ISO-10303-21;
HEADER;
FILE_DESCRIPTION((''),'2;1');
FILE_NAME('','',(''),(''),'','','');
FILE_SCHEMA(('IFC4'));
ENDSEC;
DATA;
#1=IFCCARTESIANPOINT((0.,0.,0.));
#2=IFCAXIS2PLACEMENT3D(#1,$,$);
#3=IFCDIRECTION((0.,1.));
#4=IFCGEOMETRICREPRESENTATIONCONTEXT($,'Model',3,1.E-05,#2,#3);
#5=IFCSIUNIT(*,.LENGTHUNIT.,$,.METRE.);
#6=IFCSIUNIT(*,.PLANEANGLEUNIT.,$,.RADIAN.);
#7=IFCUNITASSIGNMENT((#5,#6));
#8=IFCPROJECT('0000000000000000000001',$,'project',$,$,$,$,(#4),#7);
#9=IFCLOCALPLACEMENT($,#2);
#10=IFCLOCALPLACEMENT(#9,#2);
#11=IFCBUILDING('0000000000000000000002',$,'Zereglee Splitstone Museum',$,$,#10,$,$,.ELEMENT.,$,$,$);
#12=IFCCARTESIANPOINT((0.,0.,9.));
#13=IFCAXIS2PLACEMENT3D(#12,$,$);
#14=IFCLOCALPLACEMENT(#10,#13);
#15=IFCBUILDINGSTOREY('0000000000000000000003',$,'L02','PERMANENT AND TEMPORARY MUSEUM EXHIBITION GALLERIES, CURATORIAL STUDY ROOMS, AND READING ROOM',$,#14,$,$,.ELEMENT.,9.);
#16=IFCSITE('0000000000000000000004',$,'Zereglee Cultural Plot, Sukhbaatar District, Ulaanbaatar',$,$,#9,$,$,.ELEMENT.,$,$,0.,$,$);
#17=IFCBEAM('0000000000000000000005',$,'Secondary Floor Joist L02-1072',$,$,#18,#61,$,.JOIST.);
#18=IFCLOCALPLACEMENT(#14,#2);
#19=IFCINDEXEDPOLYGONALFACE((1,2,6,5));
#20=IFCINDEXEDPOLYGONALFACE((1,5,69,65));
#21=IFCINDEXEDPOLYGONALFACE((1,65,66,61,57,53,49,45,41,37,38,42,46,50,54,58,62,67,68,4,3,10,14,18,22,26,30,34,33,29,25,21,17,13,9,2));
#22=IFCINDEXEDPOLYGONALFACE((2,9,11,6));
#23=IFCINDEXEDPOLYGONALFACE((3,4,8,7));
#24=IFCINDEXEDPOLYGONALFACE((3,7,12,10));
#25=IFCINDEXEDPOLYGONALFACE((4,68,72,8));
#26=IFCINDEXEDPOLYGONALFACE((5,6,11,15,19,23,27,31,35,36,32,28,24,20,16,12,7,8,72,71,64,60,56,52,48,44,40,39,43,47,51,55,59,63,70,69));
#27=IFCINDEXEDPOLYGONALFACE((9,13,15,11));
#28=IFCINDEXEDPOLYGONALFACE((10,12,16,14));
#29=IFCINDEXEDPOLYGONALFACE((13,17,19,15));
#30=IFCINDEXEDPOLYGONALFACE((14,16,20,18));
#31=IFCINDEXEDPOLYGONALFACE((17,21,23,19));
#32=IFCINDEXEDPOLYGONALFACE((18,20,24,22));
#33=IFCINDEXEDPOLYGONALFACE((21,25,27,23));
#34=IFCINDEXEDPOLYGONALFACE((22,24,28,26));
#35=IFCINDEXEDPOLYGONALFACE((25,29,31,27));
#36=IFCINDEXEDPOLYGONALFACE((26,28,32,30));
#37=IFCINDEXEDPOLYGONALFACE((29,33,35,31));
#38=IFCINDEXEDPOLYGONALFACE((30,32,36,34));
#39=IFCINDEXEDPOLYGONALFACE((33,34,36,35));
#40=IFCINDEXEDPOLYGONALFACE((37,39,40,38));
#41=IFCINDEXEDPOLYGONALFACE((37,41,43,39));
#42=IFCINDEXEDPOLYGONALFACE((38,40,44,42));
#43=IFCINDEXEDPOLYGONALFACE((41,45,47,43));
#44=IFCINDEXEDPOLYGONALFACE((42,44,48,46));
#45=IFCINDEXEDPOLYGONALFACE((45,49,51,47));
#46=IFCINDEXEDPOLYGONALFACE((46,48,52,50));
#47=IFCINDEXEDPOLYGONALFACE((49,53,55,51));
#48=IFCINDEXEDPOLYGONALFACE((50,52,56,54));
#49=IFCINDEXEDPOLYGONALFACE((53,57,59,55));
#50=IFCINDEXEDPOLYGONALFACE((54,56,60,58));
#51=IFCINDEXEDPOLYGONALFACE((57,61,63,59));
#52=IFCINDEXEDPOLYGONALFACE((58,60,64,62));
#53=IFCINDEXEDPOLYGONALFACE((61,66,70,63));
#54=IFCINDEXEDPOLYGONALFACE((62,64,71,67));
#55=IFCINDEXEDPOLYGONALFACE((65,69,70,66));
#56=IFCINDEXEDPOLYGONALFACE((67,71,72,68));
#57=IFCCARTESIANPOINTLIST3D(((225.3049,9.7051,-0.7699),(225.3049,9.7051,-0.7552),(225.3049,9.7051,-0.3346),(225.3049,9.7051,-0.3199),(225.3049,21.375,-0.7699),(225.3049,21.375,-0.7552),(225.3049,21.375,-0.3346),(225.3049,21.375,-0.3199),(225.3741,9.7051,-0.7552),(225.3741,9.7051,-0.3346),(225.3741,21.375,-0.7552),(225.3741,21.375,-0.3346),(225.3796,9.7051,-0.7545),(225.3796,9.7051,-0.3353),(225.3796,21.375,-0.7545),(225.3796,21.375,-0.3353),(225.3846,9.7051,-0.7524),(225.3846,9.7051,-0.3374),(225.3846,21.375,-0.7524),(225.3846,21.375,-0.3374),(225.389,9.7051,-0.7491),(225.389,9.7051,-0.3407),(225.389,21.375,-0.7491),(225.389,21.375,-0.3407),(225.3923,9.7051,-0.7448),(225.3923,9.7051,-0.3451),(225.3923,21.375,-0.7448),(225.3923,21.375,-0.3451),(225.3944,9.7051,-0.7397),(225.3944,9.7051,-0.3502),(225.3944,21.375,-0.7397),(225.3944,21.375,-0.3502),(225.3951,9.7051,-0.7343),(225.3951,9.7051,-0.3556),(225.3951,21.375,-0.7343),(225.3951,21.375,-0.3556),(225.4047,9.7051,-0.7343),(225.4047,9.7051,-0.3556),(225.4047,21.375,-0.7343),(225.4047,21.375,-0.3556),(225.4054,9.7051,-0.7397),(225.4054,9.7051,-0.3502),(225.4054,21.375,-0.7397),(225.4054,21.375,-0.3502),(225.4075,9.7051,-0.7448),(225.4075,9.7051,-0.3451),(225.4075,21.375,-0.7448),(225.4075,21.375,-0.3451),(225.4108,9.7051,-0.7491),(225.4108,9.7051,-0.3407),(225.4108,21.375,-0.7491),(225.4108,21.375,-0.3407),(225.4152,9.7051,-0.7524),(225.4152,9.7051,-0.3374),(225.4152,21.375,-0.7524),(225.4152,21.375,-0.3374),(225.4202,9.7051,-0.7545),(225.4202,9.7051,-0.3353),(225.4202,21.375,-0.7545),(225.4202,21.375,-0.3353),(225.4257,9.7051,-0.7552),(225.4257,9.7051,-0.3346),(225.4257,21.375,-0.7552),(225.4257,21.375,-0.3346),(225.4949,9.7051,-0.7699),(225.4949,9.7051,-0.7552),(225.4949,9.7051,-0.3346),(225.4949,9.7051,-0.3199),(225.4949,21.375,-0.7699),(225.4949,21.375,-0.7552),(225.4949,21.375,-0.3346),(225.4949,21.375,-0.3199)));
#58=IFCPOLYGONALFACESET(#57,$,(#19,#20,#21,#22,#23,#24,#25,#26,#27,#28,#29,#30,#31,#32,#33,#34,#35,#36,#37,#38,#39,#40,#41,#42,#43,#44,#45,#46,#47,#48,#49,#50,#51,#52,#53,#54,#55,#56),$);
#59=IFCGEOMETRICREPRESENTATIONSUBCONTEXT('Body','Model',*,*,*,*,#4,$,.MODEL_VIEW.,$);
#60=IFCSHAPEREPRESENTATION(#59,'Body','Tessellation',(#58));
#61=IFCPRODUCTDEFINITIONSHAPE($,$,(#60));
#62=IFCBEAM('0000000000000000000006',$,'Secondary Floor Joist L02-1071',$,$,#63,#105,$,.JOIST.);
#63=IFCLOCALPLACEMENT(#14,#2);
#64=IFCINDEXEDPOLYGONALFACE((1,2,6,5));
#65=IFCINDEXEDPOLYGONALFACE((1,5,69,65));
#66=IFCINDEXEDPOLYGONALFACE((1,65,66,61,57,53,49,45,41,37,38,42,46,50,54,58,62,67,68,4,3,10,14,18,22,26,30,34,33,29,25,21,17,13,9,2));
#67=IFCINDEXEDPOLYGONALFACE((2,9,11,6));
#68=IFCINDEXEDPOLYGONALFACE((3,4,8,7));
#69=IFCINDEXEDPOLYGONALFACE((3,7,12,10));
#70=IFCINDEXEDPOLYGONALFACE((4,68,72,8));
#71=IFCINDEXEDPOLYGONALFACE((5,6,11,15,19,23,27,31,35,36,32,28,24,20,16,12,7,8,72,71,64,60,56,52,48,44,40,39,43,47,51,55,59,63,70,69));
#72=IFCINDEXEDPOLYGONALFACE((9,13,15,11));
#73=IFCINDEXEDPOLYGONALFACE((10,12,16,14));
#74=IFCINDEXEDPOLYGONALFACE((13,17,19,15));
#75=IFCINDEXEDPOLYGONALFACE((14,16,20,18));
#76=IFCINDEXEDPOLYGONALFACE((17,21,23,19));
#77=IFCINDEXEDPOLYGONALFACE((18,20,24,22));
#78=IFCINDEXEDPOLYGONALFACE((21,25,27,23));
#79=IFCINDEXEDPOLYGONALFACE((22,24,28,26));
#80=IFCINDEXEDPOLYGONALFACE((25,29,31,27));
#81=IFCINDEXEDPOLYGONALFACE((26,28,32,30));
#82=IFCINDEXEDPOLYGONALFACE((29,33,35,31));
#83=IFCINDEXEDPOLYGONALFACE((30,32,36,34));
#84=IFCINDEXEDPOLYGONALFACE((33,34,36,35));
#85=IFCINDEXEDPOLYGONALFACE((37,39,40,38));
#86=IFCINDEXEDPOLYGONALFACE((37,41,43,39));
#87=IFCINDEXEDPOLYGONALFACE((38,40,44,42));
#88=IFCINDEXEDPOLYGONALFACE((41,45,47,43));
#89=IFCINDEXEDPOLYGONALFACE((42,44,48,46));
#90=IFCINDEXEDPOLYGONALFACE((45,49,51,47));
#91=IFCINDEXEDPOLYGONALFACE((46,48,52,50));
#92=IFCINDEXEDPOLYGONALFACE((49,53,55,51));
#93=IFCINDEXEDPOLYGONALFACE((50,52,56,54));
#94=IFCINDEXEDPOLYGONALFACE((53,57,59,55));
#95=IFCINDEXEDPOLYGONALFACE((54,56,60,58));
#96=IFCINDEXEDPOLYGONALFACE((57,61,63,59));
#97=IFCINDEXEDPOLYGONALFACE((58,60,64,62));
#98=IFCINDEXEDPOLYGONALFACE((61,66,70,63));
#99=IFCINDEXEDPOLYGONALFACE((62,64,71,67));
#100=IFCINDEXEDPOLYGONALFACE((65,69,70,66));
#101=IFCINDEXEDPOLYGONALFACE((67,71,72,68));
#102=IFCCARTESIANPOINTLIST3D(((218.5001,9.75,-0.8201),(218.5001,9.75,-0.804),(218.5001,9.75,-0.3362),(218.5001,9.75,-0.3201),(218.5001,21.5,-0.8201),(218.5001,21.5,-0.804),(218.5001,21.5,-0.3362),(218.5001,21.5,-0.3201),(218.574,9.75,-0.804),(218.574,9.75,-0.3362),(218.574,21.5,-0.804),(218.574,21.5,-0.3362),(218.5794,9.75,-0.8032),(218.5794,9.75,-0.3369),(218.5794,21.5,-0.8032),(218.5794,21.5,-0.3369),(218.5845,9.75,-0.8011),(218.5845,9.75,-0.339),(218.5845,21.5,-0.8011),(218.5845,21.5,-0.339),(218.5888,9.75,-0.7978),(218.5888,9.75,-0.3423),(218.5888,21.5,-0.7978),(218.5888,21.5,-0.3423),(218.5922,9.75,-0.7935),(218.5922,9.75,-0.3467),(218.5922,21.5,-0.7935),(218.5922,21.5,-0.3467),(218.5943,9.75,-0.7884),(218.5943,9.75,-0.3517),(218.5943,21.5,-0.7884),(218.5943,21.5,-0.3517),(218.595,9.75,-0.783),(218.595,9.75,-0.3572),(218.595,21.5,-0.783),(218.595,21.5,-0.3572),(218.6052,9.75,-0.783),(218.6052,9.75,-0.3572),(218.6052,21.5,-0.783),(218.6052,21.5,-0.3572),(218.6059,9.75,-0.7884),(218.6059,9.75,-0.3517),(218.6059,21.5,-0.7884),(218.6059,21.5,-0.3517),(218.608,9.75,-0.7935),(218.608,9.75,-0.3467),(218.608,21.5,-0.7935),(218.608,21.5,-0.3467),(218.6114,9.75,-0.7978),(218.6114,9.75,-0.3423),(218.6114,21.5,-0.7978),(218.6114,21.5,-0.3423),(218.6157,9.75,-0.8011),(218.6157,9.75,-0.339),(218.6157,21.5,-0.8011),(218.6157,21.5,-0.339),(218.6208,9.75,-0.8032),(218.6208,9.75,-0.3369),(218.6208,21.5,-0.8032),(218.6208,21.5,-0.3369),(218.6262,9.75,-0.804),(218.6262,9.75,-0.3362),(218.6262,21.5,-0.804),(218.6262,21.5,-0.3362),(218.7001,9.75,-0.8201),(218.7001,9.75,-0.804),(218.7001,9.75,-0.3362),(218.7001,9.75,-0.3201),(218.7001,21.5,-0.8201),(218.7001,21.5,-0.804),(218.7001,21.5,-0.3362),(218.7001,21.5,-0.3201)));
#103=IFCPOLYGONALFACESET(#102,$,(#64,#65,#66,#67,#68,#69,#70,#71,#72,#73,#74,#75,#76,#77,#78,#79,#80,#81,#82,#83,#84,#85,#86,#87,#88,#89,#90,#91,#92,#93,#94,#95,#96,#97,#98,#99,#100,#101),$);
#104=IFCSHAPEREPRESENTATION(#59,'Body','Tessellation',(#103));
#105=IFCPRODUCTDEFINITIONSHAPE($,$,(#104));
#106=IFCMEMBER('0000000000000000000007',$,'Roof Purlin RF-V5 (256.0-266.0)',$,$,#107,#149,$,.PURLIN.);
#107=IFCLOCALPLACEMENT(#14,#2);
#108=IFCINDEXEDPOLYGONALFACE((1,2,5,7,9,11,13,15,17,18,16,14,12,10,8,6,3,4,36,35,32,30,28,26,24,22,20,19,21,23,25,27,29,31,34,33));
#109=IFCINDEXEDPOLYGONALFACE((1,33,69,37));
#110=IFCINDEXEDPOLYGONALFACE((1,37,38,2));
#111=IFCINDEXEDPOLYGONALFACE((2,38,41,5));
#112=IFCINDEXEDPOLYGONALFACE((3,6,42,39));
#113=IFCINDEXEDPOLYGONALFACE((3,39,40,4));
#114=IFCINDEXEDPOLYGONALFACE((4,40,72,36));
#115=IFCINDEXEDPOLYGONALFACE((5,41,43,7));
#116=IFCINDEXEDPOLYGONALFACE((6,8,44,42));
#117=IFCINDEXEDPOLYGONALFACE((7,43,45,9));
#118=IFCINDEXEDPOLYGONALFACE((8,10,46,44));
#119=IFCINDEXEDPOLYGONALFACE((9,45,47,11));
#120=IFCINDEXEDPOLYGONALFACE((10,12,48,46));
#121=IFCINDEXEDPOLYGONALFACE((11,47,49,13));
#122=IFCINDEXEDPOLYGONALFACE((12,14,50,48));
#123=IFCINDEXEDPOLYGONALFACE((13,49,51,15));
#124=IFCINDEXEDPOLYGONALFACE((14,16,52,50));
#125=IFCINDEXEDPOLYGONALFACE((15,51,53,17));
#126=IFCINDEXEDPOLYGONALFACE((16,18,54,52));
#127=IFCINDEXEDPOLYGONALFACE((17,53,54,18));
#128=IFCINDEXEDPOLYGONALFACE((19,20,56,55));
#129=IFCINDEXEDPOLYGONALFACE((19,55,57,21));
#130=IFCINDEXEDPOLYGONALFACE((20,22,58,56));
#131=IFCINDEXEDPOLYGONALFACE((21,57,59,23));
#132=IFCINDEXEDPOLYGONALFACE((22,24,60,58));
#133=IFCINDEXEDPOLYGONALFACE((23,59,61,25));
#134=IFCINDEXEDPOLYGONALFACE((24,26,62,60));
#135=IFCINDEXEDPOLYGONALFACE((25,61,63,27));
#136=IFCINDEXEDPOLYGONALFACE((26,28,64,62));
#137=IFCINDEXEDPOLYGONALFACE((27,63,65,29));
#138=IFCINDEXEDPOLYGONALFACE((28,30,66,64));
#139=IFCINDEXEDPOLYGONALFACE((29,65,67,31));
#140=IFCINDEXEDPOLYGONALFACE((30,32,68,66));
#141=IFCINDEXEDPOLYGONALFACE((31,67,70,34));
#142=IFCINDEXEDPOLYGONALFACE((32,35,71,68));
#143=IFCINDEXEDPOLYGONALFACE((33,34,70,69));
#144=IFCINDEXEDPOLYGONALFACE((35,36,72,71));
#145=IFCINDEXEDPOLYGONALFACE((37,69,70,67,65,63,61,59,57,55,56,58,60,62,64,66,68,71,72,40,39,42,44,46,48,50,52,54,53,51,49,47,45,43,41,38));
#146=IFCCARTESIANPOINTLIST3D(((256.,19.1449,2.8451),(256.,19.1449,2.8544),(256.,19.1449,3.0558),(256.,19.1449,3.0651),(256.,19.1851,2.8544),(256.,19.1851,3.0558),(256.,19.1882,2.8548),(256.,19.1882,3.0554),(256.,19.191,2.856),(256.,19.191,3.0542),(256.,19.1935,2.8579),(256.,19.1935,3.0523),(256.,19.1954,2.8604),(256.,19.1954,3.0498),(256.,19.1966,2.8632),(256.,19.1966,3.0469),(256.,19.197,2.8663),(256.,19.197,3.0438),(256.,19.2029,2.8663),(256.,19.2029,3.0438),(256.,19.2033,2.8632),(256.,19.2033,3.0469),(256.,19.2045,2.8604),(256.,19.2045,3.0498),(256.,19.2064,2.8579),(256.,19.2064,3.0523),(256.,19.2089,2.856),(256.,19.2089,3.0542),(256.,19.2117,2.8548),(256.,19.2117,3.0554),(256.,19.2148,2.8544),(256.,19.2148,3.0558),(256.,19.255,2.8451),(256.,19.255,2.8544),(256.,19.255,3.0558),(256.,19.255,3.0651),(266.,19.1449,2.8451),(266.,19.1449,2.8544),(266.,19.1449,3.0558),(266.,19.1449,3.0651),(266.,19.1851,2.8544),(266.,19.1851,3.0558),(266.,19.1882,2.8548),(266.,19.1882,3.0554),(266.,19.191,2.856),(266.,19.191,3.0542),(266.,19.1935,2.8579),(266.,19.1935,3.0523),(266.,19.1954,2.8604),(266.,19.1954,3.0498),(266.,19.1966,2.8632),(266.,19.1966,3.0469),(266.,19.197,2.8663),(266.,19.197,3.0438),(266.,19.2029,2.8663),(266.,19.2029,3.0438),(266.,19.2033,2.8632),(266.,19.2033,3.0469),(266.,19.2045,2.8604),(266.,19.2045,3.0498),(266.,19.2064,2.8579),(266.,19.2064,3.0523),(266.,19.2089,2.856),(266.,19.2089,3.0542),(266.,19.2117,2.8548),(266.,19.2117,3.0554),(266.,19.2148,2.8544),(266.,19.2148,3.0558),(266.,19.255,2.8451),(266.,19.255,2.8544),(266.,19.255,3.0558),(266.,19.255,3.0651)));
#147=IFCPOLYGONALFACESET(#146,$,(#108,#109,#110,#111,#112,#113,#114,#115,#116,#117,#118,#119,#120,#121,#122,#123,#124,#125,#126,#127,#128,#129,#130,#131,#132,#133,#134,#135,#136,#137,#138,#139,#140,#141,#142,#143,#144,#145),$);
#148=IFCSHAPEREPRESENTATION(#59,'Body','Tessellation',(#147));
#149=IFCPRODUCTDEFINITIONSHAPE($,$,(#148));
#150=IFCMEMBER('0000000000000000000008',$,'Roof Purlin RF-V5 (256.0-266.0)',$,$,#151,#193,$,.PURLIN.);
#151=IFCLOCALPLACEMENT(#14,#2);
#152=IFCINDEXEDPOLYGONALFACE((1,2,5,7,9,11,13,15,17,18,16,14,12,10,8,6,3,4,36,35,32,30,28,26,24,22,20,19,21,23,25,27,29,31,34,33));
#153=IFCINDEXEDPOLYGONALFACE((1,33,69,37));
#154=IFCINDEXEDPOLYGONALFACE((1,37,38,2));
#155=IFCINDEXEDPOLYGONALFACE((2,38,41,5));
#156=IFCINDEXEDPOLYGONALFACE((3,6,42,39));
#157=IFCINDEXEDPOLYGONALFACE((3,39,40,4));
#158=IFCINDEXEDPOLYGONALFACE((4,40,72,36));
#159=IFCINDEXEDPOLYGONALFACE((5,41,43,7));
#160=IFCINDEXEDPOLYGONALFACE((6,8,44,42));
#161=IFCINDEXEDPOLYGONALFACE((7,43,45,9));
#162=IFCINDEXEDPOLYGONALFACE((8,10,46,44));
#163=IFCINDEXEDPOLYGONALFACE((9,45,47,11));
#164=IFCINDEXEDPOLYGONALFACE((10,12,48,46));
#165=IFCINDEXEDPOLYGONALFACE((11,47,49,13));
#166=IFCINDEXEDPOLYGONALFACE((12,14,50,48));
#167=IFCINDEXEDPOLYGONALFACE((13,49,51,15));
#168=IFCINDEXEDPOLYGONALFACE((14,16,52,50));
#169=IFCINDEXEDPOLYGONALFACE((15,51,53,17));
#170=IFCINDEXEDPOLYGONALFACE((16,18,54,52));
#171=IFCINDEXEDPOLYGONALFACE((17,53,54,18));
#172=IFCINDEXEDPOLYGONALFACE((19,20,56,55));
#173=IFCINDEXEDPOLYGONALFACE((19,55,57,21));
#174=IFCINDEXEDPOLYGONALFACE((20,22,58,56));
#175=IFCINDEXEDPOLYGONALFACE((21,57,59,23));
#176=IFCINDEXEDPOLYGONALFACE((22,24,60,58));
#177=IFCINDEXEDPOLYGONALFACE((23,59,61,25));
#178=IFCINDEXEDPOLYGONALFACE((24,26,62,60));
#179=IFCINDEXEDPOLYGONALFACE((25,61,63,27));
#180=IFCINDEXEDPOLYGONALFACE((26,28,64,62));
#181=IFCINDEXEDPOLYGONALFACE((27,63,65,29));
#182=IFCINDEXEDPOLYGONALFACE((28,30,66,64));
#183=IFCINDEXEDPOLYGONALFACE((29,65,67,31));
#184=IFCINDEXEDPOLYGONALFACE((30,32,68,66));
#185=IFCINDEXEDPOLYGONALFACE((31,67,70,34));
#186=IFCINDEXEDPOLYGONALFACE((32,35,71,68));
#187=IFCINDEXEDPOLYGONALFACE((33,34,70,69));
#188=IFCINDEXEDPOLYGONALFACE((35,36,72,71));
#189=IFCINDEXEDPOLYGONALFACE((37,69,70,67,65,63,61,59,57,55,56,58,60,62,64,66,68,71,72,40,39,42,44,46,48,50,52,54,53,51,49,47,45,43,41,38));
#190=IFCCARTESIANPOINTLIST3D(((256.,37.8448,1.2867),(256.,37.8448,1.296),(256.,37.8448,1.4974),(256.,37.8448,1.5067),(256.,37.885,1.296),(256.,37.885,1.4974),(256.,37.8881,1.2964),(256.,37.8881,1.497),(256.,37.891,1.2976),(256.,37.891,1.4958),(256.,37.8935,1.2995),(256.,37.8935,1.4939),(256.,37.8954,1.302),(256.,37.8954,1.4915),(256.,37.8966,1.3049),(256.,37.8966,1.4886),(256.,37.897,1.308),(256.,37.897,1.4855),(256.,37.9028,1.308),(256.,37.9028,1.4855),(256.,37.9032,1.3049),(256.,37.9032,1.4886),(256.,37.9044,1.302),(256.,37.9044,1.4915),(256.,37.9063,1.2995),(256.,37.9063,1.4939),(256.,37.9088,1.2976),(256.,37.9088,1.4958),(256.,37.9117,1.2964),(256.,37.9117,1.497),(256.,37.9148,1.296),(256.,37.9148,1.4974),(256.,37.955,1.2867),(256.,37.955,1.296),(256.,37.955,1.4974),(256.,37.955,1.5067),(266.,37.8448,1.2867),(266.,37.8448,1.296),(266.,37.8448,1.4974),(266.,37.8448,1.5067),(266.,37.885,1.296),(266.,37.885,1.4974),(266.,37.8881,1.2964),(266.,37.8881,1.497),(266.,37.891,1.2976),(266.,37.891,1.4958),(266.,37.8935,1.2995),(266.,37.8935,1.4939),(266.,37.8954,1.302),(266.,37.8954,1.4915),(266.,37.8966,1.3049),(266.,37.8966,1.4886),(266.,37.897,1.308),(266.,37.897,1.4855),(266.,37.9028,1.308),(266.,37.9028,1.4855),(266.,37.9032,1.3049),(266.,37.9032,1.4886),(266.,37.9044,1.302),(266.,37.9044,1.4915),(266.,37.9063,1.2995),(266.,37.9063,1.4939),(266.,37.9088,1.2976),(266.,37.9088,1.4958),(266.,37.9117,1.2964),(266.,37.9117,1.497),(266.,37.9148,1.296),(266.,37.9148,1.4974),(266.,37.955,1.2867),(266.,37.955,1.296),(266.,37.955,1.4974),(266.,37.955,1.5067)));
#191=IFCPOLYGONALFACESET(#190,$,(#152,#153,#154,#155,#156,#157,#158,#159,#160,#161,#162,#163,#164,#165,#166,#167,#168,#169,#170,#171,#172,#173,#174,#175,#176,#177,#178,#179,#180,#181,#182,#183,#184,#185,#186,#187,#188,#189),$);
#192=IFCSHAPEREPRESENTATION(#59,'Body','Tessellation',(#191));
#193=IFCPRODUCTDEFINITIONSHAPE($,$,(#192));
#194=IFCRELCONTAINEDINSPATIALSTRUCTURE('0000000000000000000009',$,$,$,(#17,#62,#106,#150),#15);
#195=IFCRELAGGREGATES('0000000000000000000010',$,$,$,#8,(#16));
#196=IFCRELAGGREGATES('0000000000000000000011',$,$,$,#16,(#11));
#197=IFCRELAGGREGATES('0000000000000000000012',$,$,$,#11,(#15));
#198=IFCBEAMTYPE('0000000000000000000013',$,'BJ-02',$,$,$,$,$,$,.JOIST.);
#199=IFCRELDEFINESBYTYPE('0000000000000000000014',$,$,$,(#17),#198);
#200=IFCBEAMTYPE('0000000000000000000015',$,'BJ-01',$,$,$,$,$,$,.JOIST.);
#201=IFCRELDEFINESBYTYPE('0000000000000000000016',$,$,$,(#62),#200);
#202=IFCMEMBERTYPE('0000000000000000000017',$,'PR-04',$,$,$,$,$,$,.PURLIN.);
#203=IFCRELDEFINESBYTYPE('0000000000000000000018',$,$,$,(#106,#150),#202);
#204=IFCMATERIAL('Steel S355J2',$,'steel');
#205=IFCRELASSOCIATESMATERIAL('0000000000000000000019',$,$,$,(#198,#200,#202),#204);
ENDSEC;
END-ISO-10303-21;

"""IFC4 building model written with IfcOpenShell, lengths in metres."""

from ifc_helpers import new_model, si_unit, direction, frame, origin, origin_2d, place, context, subcontext, project, spatial, i_section, extrude, material, material_profile, profile_set, type_object, element, save


model = new_model("IFC4")

# Units and contexts
model_context = context("Model", 3, precision=1e-05, world=origin(), true_north=direction((0.0, 1.0)))
body_context = subcontext(model_context, "Body", "Model", "MODEL_VIEW")
ifc_project = project(units=[si_unit("LENGTHUNIT", "METRE"), si_unit("PLANEANGLEUNIT", "RADIAN")], contexts=[model_context])

# Site, building, storey
site_placement = place(None, origin())
site = spatial("IfcSite", under=ifc_project, at=site_placement, Name="Zereglee Cultural Plot, Sukhbaatar District, Ulaanbaatar", CompositionType="ELEMENT", RefElevation=0.0)
building_placement = place(site_placement, origin())
building = spatial("IfcBuilding", under=site, at=building_placement, Name="Zereglee Splitstone Museum", CompositionType="ELEMENT")
storey_placement = place(building_placement, frame((0.0, 0.0, 9.0)))
storey = spatial("IfcBuildingStorey", under=building, at=storey_placement, Name="L02", Description="PERMANENT AND TEMPORARY MUSEUM EXHIBITION GALLERIES, CURATORIAL STUDY ROOMS, AND READING ROOM", CompositionType="ELEMENT", Elevation=9.0)

# Shared definitions
ifc_material_1 = material(Name="Steel S355J2", Category="steel")

# Beams
ifc_material_profile_1 = material_profile(ifc_material_1, i_section(OverallWidth=0.1899, OverallDepth=0.45, WebThickness=0.0095, FlangeThickness=0.0146, FilletRadius=0.021, at=origin_2d()), Name="IPE 450")
ifc_profile_set_1 = profile_set([ifc_material_profile_1], Name="Steel S355J2")
beam_type_1 = type_object("IfcBeamType", Name="BJ-02", PredefinedType="JOIST", material=ifc_profile_set_1)
beam_1_placement = place(storey_placement, frame((225.3999, 9.7051, -0.5449), z_axis=(0.0, 1.0, 0.0), x_axis=(-1.0, 0.0, 0.0)))
element("IfcBeam", 1, at=beam_1_placement, inside=storey, type_object=beam_type_1, Name="Secondary Floor Joist L02-1072", PredefinedType="JOIST", context=body_context, shape_type="SweptSolid", body=[
    extrude(i_section(OverallWidth=0.1899, OverallDepth=0.45, WebThickness=0.0095, FlangeThickness=0.0146, FilletRadius=0.021, at=origin_2d()), origin(), (0.0, 0.0, 1.0), 11.6699),
])
ifc_material_profile_2 = material_profile(ifc_material_1, i_section(OverallWidth=0.2, OverallDepth=0.5, WebThickness=0.0103, FlangeThickness=0.0161, FilletRadius=0.021, at=origin_2d()), Name="IPE 500")
ifc_profile_set_2 = profile_set([ifc_material_profile_2], Name="Steel S355J2")
beam_type_2 = type_object("IfcBeamType", Name="BJ-01", PredefinedType="JOIST", material=ifc_profile_set_2)
beam_2_placement = place(storey_placement, frame((218.6001, 9.75, -0.5701), z_axis=(0.0, 1.0, 0.0), x_axis=(-1.0, 0.0, 0.0)))
element("IfcBeam", 2, at=beam_2_placement, inside=storey, type_object=beam_type_2, Name="Secondary Floor Joist L02-1071", PredefinedType="JOIST", context=body_context, shape_type="SweptSolid", body=[
    extrude(i_section(OverallWidth=0.2, OverallDepth=0.5, WebThickness=0.0103, FlangeThickness=0.0161, FilletRadius=0.021, at=origin_2d()), origin(), (0.0, 0.0, 1.0), 11.75),
])

# Members
ifc_material_profile_3 = material_profile(ifc_material_1, i_section(OverallWidth=0.1101, OverallDepth=0.22, WebThickness=0.0059, FlangeThickness=0.0093, FilletRadius=0.012, at=origin_2d()), Name="IPE 220")
ifc_profile_set_3 = profile_set([ifc_material_profile_3], Name="Steel S355J2")
member_type_1 = type_object("IfcMemberType", Name="PR-04", PredefinedType="PURLIN", material=ifc_profile_set_3)
for number, where, z_axis, x_axis, name in (
    (3, (256.0, 19.2, 2.9551), (1.0, 0.0, 0.0), (0.0, 1.0, 0.0), "Roof Purlin RF-V5 (256.0-266.0)"),
    (4, (256.0, 37.8999, 1.3967), (1.0, 0.0, 0.0), (0.0, 1.0, 0.0), "Roof Purlin RF-V5 (256.0-266.0)"),
):
    element("IfcMember", number, at=place(storey_placement, frame(where, z_axis=z_axis, x_axis=x_axis)), inside=storey, type_object=member_type_1, Name=name, PredefinedType="PURLIN", context=body_context, shape_type="SweptSolid", body=[
        extrude(i_section(OverallWidth=0.1101, OverallDepth=0.22, WebThickness=0.0059, FlangeThickness=0.0093, FilletRadius=0.012, at=origin_2d()), origin(), (0.0, 0.0, 1.0), 10.0),
    ])

save(model, "model.ifc")
